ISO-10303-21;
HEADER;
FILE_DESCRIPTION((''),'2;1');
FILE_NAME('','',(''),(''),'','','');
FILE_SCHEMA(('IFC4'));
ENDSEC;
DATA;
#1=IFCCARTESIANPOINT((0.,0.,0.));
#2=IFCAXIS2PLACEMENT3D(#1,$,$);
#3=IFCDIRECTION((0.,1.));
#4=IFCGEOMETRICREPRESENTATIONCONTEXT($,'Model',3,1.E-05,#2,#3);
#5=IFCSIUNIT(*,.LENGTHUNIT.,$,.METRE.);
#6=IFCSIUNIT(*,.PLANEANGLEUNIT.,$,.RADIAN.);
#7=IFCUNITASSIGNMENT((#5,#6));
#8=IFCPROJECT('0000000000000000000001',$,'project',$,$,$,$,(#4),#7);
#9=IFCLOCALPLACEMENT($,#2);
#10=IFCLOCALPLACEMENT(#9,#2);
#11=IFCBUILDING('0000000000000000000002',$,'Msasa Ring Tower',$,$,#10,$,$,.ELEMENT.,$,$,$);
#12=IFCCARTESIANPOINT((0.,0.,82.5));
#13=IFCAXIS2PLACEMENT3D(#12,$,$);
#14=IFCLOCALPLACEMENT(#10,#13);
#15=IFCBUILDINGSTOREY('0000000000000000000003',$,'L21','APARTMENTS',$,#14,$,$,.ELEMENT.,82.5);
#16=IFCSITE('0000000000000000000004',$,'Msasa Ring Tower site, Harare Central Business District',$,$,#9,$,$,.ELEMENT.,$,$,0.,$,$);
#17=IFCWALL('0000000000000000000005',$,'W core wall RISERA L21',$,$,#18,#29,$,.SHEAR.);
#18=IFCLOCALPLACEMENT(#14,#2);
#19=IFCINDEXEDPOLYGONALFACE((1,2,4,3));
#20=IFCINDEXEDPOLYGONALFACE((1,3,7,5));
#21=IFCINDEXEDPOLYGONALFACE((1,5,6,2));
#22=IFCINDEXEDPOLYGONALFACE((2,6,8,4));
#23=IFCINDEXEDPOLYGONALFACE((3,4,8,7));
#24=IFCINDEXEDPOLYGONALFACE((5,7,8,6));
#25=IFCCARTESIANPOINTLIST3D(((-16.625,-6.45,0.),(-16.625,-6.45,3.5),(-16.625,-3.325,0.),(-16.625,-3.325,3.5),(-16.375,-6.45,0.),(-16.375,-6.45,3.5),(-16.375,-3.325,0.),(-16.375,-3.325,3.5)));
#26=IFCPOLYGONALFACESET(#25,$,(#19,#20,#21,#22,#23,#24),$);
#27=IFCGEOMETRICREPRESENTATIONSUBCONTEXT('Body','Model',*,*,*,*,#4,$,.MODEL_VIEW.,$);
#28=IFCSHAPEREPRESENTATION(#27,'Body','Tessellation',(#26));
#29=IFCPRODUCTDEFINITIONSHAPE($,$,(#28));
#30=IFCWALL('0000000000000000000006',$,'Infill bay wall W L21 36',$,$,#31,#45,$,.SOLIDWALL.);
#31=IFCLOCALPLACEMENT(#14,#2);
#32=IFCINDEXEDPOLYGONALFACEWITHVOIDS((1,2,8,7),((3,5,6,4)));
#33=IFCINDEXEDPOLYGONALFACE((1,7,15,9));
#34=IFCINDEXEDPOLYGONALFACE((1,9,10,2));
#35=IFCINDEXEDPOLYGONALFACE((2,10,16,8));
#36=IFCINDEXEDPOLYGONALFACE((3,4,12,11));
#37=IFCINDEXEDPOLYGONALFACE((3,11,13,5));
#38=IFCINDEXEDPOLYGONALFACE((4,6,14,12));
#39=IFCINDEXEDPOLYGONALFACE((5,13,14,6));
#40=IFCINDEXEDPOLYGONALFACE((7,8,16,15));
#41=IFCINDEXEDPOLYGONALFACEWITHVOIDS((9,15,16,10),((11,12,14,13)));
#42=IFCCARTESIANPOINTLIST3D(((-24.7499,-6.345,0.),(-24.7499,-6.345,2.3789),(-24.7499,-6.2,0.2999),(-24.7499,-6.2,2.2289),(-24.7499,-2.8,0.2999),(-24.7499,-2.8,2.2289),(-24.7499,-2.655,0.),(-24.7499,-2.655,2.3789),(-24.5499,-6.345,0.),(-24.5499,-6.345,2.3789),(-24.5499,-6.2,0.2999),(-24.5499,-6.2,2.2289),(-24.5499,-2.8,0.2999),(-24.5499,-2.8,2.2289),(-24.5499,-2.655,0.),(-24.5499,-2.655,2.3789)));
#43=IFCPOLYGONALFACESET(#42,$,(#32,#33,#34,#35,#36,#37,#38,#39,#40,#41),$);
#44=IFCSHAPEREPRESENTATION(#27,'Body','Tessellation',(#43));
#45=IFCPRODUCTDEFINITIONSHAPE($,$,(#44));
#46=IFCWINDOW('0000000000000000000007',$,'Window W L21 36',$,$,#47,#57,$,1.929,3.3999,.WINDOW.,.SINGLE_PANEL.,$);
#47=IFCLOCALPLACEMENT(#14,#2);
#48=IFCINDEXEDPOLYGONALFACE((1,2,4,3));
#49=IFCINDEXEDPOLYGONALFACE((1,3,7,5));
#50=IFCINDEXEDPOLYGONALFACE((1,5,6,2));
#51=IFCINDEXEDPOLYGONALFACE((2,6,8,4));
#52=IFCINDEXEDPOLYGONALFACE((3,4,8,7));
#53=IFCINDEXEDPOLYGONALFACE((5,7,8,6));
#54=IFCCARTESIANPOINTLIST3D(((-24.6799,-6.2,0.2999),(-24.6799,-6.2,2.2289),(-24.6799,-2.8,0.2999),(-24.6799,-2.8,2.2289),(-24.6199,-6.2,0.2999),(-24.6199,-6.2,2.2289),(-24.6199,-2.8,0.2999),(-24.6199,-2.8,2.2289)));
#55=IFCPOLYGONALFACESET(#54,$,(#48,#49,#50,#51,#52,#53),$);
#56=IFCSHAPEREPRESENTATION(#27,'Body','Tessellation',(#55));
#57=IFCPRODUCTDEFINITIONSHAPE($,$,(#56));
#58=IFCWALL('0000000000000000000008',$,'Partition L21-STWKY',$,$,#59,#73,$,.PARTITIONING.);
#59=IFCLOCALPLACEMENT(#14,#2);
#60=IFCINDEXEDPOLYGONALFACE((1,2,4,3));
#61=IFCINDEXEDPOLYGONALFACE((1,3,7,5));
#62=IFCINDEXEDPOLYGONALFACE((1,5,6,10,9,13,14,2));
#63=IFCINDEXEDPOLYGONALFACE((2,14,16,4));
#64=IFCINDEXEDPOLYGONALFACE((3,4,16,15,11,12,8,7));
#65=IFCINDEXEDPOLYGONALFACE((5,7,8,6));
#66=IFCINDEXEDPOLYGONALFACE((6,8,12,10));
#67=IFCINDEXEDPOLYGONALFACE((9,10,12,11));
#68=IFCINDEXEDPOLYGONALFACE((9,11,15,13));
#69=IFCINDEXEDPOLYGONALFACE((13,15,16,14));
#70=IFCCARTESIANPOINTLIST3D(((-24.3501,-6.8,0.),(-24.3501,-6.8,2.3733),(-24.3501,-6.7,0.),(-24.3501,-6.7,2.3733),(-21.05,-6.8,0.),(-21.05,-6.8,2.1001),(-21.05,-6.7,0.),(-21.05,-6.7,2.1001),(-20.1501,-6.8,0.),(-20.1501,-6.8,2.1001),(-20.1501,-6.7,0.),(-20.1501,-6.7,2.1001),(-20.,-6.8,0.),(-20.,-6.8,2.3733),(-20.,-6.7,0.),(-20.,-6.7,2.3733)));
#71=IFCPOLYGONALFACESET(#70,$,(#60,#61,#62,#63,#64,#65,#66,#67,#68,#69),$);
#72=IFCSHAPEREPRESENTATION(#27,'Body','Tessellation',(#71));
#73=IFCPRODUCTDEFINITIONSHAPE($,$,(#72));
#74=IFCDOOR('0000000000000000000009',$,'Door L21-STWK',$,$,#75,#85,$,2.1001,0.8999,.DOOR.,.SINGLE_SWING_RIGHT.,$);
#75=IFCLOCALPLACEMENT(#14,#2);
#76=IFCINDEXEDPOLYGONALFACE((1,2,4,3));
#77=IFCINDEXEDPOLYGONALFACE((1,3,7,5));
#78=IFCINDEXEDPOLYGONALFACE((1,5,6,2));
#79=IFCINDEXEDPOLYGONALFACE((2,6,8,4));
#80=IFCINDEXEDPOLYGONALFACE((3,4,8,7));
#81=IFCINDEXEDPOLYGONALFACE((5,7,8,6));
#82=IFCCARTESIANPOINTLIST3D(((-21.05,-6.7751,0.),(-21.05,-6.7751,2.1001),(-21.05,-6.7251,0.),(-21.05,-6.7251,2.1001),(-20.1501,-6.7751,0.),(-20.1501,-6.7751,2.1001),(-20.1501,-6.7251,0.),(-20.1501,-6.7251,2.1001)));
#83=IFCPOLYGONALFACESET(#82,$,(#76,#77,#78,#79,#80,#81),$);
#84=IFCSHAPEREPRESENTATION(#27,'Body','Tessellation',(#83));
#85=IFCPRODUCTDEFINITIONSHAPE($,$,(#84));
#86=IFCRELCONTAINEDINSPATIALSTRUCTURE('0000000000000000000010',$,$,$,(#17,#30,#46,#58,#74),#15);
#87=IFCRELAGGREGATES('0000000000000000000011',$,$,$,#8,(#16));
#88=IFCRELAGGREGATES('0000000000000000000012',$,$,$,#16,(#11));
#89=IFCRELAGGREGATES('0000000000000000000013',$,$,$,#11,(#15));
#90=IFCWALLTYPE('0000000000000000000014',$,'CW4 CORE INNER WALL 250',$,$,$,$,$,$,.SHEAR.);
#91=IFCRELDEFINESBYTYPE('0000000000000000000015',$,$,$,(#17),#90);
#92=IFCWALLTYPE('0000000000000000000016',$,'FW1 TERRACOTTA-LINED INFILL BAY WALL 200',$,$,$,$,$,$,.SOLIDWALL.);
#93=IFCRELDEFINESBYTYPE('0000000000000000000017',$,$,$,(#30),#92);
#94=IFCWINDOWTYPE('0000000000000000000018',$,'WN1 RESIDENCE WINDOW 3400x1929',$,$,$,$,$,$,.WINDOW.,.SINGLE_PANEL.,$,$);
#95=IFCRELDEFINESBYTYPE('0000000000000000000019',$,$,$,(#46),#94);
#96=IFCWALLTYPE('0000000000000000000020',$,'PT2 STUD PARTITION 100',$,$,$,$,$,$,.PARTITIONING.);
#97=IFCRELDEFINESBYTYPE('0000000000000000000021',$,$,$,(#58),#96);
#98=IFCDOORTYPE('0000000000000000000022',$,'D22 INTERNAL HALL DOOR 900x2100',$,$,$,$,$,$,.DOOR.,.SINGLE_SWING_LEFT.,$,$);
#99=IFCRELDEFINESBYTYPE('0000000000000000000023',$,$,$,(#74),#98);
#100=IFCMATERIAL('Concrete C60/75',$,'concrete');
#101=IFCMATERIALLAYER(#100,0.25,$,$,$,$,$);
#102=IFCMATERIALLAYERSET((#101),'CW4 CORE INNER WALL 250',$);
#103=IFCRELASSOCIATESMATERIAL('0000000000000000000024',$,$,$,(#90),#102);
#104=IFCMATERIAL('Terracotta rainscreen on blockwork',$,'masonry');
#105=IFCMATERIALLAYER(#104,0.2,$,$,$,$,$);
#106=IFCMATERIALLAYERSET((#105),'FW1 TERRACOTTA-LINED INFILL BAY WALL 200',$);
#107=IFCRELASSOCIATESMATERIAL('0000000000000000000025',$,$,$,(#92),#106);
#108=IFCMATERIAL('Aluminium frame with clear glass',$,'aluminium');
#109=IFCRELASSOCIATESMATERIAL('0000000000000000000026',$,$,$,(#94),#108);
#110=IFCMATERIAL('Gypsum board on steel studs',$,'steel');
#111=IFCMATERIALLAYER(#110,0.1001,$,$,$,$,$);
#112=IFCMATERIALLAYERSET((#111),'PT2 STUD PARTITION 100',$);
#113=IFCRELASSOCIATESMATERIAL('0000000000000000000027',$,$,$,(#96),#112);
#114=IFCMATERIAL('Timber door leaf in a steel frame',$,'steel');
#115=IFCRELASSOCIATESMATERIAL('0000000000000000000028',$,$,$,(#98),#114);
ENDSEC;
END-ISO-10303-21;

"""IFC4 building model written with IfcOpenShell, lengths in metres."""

from ifc_helpers import new_model, si_unit, direction, frame, frame_2d, origin, place, context, subcontext, project, spatial, rectangle, extrude, material, layer, layer_set, type_object, element, fill, save


model = new_model("IFC4")

# Units and contexts
model_context = context("Model", 3, precision=1e-05, world=origin(), true_north=direction((0.0, 1.0)))
body_context = subcontext(model_context, "Body", "Model", "MODEL_VIEW")
ifc_project = project(units=[si_unit("LENGTHUNIT", "METRE"), si_unit("PLANEANGLEUNIT", "RADIAN")], contexts=[model_context])

# Site, building, storey
site_placement = place(None, origin())
site = spatial("IfcSite", under=ifc_project, at=site_placement, Name="Msasa Ring Tower site, Harare Central Business District", CompositionType="ELEMENT", RefElevation=0.0)
building_placement = place(site_placement, origin())
building = spatial("IfcBuilding", under=site, at=building_placement, Name="Msasa Ring Tower", CompositionType="ELEMENT")
storey_placement = place(building_placement, frame((0.0, 0.0, 82.5)))
storey = spatial("IfcBuildingStorey", under=building, at=storey_placement, Name="L21", Description="APARTMENTS", CompositionType="ELEMENT", Elevation=82.5)

# Wall
ifc_material_1 = material(Name="Concrete C60/75", Category="concrete")
ifc_layer_1 = layer(ifc_material_1, 0.25)
ifc_layer_set_1 = layer_set([ifc_layer_1], Name="CW4 CORE INNER WALL 250")
wall_type_1 = type_object("IfcWallType", Name="CW4 CORE INNER WALL 250", PredefinedType="SHEAR", material=ifc_layer_set_1)
wall_1_placement = place(storey_placement, frame((-16.5, -6.45, 0.0), z_axis=(0.0, 0.0, 1.0), x_axis=(0.0, 1.0, 0.0)))
element("IfcWall", 1, at=wall_1_placement, inside=storey, type_object=wall_type_1, Name="W core wall RISERA L21", PredefinedType="SHEAR", context=body_context, shape_type="SweptSolid", body=[
    extrude(rectangle(XDim=3.125, YDim=0.25, at=frame_2d((1.5625, 0.0))), origin(), (0.0, 0.0, 1.0), 3.5),
])

# Wall, opening, window
ifc_material_2 = material(Name="Terracotta rainscreen on blockwork", Category="masonry")
ifc_layer_2 = layer(ifc_material_2, 0.2)
ifc_layer_set_2 = layer_set([ifc_layer_2], Name="FW1 TERRACOTTA-LINED INFILL BAY WALL 200")
wall_type_2 = type_object("IfcWallType", Name="FW1 TERRACOTTA-LINED INFILL BAY WALL 200", PredefinedType="SOLIDWALL", material=ifc_layer_set_2)
wall_2_placement = place(storey_placement, frame((-24.6499, -6.345, 0.0), z_axis=(0.0, 0.0, 1.0), x_axis=(0.0, 1.0, 0.0)))
wall_2 = element("IfcWall", 2, at=wall_2_placement, inside=storey, type_object=wall_type_2, Name="Infill bay wall W L21 36", PredefinedType="SOLIDWALL", context=body_context, shape_type="SweptSolid", body=[
    extrude(rectangle(XDim=3.6899, YDim=0.2, at=frame_2d((1.845, 0.0))), origin(), (0.0, 0.0, 1.0), 2.3789),
])
opening_1_placement = place(wall_2_placement, frame((0.145, 0.0, 0.3)))
opening_1 = element("IfcOpeningElement", 3, at=opening_1_placement, cuts=wall_2, PredefinedType="OPENING", context=body_context, shape_type="SweptSolid", body=[
    extrude(rectangle(XDim=3.3999, YDim=1.929, at=frame_2d((1.7, 0.9644))), frame((0.0, 0.1099, 0.0), z_axis=(0.0, -1.0, 0.0), x_axis=(1.0, 0.0, 0.0)), (0.0, 0.0, 1.0), 0.22),
])
ifc_material_3 = material(Name="Aluminium frame with clear glass", Category="aluminium")
window_type = type_object("IfcWindowType", Name="WN1 RESIDENCE WINDOW 3400x1929", PartitioningType="SINGLE_PANEL", PredefinedType="WINDOW", material=ifc_material_3)
window_placement = place(opening_1_placement, origin())
window = element("IfcWindow", 4, at=window_placement, inside=storey, type_object=window_type, Name="Window W L21 36", OverallHeight=1.929, OverallWidth=3.3999, PartitioningType="SINGLE_PANEL", PredefinedType="WINDOW", context=body_context, shape_type="SweptSolid", body=[
    extrude(rectangle(XDim=3.3999, YDim=1.929, at=frame_2d((1.7, 0.9644))), frame((0.0, 0.03, 0.0), z_axis=(0.0, -1.0, 0.0), x_axis=(1.0, 0.0, 0.0)), (0.0, 0.0, 1.0), 0.0601),
])
fill(opening_1, window)

# Wall, opening, door
ifc_material_4 = material(Name="Gypsum board on steel studs", Category="steel")
ifc_layer_3 = layer(ifc_material_4, 0.1001)
ifc_layer_set_3 = layer_set([ifc_layer_3], Name="PT2 STUD PARTITION 100")
wall_type_3 = type_object("IfcWallType", Name="PT2 STUD PARTITION 100", PredefinedType="PARTITIONING", material=ifc_layer_set_3)
wall_3_placement = place(storey_placement, frame((-24.3501, -6.75, 0.0), z_axis=(0.0, 0.0, 1.0), x_axis=(1.0, 0.0, 0.0)))
wall_3 = element("IfcWall", 5, at=wall_3_placement, inside=storey, type_object=wall_type_3, Name="Partition L21-STWKY", PredefinedType="PARTITIONING", context=body_context, shape_type="SweptSolid", body=[
    extrude(rectangle(XDim=4.3501, YDim=0.1001, at=frame_2d((2.175, 0.0))), origin(), (0.0, 0.0, 1.0), 2.3733),
])
opening_2_placement = place(wall_3_placement, frame((3.3, 0.0, 0.0)))
opening_2 = element("IfcOpeningElement", 6, at=opening_2_placement, cuts=wall_3, PredefinedType="OPENING", context=body_context, shape_type="SweptSolid", body=[
    extrude(rectangle(XDim=0.8999, YDim=2.1001, at=frame_2d((0.45, 1.05))), frame((0.0, 0.0601, 0.0), z_axis=(0.0, -1.0, 0.0), x_axis=(1.0, 0.0, 0.0)), (0.0, 0.0, 1.0), 0.1201),
])
ifc_material_5 = material(Name="Timber door leaf in a steel frame", Category="steel")
door_type = type_object("IfcDoorType", Name="D22 INTERNAL HALL DOOR 900x2100", OperationType="SINGLE_SWING_LEFT", PredefinedType="DOOR", material=ifc_material_5)
door_placement = place(opening_2_placement, origin())
door = element("IfcDoor", 7, at=door_placement, inside=storey, type_object=door_type, Name="Door L21-STWK", OperationType="SINGLE_SWING_RIGHT", OverallHeight=2.1001, OverallWidth=0.8999, PredefinedType="DOOR", context=body_context, shape_type="SweptSolid", body=[
    extrude(rectangle(XDim=0.8999, YDim=2.1001, at=frame_2d((0.45, 1.05))), frame((0.0, 0.0249, 0.0), z_axis=(0.0, -1.0, 0.0), x_axis=(1.0, 0.0, 0.0)), (0.0, 0.0, 1.0), 0.05),
])
fill(opening_2, door)

save(model, "model.ifc")
